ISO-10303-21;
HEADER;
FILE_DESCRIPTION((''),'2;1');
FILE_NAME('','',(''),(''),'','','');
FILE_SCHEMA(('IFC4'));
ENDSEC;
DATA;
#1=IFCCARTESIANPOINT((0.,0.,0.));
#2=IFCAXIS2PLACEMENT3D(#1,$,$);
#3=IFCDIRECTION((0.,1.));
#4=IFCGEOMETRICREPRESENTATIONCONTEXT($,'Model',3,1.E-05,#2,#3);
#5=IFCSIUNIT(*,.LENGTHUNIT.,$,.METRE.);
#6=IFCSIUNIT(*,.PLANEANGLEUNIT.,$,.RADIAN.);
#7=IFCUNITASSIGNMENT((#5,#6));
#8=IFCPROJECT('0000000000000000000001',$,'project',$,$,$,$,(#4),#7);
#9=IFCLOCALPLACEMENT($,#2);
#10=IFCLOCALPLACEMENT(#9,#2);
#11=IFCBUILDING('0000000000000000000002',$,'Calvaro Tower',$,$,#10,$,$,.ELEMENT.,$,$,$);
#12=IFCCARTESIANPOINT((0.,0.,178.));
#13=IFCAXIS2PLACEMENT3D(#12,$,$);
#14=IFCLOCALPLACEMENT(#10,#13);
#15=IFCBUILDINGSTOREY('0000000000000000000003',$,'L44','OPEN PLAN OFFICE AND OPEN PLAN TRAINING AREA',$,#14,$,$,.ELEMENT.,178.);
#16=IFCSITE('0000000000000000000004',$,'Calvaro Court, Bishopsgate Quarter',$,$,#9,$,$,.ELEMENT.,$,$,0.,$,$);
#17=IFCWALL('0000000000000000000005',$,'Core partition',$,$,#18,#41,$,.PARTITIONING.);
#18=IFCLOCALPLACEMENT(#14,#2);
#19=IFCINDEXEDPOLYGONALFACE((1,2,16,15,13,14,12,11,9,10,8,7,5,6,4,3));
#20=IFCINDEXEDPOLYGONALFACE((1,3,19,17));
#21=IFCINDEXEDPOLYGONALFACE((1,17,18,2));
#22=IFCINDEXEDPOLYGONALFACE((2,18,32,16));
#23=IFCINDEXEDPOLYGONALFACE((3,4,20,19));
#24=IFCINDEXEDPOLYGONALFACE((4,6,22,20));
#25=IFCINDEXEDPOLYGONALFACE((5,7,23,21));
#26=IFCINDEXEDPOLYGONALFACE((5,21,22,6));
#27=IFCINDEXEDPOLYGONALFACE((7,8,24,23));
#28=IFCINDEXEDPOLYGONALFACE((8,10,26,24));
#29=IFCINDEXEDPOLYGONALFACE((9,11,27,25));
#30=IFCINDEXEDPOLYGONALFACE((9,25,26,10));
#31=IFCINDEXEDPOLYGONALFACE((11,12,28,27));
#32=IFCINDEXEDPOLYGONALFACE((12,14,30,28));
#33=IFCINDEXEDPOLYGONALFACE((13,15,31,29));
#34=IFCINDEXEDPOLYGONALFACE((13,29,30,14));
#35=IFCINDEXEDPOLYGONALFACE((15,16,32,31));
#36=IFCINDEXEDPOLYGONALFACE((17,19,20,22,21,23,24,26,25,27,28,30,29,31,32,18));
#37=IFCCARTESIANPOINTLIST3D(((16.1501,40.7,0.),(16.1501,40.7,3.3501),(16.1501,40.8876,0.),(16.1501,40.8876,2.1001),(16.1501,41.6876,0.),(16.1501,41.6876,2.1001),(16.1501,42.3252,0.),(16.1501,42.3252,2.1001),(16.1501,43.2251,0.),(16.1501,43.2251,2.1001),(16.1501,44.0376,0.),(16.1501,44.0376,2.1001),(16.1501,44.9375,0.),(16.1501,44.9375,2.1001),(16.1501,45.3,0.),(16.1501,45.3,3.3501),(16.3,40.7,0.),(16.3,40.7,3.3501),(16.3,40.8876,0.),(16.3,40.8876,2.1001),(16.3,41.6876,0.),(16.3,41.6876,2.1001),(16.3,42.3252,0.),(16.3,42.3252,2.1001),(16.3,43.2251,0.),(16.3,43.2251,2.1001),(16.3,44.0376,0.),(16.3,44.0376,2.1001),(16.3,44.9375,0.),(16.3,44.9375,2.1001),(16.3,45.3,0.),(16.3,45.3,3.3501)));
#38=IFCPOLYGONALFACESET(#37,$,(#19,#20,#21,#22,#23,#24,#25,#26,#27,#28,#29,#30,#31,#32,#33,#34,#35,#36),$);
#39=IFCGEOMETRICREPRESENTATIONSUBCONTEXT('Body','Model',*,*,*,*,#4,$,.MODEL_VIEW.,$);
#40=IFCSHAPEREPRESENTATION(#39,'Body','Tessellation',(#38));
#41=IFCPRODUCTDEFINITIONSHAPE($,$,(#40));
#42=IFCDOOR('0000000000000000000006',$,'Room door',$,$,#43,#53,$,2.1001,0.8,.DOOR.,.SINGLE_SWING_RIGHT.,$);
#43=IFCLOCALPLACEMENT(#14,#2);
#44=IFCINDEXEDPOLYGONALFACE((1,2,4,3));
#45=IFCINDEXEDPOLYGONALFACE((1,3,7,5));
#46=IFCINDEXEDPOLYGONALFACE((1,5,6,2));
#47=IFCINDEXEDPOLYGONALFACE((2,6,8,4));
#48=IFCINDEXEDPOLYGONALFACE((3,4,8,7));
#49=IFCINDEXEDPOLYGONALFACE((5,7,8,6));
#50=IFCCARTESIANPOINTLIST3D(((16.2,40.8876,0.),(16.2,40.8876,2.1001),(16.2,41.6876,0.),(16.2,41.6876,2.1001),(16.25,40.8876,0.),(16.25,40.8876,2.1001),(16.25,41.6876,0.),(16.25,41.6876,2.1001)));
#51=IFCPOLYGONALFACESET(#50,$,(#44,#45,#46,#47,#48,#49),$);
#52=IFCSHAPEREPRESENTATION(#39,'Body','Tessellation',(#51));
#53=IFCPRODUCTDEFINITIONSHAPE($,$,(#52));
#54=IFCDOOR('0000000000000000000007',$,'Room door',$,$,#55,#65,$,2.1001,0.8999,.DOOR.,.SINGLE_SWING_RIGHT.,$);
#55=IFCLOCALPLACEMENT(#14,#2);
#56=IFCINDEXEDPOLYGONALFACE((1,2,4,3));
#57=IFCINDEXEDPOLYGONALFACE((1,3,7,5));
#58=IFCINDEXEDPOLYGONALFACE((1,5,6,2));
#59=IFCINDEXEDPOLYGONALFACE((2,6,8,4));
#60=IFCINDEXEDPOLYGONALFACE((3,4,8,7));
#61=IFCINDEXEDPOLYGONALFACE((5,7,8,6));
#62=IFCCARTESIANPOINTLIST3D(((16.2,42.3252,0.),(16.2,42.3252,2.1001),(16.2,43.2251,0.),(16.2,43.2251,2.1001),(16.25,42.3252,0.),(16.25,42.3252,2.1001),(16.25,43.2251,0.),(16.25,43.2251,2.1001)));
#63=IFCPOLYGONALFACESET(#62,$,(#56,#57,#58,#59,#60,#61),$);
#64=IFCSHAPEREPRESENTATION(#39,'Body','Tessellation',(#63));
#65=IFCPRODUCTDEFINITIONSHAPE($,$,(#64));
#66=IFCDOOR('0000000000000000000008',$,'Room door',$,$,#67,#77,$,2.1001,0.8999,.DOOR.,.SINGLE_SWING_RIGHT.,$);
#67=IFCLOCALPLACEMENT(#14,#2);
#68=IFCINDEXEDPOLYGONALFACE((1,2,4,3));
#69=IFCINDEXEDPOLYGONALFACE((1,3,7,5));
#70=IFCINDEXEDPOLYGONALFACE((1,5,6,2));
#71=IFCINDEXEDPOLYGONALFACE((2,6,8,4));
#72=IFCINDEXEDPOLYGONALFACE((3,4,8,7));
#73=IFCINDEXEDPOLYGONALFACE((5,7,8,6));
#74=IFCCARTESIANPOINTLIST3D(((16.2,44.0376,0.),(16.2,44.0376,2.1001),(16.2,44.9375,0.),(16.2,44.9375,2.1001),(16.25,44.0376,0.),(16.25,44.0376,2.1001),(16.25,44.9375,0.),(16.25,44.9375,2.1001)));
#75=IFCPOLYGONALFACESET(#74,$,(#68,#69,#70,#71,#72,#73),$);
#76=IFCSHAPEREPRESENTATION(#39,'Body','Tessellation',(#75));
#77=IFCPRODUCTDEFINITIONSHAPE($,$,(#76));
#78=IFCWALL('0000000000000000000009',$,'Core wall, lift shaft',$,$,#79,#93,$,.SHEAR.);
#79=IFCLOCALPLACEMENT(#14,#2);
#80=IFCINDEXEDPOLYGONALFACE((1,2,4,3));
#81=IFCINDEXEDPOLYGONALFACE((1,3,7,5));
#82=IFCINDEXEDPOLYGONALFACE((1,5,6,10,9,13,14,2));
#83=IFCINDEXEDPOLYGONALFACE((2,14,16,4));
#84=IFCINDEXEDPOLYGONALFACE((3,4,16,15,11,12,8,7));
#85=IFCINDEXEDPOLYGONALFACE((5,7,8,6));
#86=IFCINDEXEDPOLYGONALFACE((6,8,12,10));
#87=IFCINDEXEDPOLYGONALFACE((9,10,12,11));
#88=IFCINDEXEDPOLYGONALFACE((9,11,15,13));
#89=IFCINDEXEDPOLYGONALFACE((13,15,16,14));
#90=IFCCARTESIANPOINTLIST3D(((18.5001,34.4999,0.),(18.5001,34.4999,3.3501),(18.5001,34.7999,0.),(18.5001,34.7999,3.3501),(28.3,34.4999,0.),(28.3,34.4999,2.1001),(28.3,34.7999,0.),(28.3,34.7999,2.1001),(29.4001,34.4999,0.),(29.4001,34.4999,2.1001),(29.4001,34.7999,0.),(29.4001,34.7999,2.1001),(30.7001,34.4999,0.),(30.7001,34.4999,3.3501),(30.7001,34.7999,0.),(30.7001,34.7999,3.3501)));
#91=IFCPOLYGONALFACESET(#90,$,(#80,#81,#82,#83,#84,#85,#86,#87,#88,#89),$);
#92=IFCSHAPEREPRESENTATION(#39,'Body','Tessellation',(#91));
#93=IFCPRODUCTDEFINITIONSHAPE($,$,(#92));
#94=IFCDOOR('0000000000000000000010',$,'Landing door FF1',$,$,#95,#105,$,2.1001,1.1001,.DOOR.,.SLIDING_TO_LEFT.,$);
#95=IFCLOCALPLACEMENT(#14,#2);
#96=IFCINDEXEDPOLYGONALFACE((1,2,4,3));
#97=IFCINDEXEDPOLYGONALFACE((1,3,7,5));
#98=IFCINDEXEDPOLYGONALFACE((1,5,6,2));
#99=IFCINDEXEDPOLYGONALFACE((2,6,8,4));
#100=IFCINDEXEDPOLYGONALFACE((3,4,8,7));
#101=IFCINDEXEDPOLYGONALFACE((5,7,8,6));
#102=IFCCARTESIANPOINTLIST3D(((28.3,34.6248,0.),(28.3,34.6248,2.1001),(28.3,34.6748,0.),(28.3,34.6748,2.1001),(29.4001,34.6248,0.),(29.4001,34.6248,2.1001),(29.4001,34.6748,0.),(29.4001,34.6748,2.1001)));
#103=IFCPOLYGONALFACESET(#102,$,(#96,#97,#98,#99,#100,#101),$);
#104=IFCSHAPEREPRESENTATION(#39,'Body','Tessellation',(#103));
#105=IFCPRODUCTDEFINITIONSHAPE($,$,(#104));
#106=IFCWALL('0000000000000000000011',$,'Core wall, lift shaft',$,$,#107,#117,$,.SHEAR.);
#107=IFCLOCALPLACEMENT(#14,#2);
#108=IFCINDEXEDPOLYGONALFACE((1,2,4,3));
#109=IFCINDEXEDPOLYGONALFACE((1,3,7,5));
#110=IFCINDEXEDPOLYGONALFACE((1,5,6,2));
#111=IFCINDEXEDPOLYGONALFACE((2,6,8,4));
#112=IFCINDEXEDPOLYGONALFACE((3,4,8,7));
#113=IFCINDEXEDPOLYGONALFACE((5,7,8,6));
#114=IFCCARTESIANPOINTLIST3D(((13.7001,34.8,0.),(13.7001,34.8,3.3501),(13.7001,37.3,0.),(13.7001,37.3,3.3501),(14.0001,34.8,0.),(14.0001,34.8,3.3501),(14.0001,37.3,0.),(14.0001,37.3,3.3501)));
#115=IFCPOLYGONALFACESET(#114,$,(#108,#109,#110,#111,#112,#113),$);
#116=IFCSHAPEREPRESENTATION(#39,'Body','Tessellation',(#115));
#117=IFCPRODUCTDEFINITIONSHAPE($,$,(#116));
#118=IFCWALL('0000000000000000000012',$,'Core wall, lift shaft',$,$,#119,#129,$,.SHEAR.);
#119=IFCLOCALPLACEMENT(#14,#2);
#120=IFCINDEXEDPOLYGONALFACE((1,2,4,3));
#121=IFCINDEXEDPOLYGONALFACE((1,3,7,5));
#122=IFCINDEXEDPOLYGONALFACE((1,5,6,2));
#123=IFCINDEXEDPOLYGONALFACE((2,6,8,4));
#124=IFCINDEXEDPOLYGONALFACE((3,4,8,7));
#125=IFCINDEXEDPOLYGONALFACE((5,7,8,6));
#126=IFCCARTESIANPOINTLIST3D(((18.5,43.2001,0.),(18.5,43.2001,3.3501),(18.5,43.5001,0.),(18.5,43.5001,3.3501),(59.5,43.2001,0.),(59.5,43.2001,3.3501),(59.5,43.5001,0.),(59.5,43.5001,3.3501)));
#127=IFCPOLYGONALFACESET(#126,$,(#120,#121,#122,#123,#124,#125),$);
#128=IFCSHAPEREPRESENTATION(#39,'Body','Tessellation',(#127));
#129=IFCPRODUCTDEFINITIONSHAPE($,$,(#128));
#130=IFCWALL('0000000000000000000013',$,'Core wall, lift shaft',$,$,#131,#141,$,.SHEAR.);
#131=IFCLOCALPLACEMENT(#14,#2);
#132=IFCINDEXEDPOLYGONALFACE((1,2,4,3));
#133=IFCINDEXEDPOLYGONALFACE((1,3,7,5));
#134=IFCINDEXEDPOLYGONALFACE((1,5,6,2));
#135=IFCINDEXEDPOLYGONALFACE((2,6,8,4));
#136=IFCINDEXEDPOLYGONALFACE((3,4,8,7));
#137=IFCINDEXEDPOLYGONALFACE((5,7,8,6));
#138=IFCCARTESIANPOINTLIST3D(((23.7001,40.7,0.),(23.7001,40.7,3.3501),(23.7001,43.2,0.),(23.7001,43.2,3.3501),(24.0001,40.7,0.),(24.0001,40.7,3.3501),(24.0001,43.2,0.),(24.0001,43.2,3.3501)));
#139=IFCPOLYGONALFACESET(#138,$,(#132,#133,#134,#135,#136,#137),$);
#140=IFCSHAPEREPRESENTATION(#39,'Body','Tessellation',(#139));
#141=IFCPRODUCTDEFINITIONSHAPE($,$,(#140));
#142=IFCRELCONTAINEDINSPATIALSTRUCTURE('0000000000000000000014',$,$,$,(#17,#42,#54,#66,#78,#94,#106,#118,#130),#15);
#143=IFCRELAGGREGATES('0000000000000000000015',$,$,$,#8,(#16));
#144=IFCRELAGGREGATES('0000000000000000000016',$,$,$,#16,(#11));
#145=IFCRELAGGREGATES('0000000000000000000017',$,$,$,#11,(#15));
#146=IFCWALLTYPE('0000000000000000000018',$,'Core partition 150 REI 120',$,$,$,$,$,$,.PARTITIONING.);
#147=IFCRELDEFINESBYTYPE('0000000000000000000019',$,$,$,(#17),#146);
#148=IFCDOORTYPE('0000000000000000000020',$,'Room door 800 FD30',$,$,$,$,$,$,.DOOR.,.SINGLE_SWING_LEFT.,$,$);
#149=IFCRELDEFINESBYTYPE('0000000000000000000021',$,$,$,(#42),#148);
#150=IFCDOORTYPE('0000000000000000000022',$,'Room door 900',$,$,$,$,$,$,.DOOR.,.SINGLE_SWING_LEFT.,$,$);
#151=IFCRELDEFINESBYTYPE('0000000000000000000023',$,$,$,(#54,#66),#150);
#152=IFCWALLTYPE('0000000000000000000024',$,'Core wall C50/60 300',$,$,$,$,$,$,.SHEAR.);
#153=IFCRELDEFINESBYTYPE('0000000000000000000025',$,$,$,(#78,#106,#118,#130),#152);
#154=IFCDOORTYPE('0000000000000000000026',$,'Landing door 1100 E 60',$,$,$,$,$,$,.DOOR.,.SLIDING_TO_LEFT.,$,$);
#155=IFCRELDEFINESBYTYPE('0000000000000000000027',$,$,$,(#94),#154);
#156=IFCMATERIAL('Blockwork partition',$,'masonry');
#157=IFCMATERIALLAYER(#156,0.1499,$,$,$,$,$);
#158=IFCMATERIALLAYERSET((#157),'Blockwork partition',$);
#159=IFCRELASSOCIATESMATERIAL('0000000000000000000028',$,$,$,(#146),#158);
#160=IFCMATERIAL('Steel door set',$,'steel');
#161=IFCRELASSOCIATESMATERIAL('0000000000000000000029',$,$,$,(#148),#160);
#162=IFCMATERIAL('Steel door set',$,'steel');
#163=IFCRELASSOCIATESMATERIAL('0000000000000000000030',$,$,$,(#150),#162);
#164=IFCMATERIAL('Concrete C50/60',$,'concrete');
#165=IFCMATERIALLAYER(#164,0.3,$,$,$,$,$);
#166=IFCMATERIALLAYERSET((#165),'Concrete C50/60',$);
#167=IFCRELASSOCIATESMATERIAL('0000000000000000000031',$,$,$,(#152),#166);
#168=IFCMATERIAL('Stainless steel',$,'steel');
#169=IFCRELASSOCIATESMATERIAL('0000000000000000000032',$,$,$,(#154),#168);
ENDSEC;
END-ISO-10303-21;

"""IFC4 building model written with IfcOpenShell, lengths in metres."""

from ifc_helpers import new_model, si_unit, direction, frame, frame_2d, origin, place, context, subcontext, project, spatial, rectangle, extrude, material, layer, layer_set, type_object, element, fill, save


model = new_model("IFC4")

# Units and contexts
model_context = context("Model", 3, precision=1e-05, world=origin(), true_north=direction((0.0, 1.0)))
body_context = subcontext(model_context, "Body", "Model", "MODEL_VIEW")
ifc_project = project(units=[si_unit("LENGTHUNIT", "METRE"), si_unit("PLANEANGLEUNIT", "RADIAN")], contexts=[model_context])

# Site, building, storey
site_placement = place(None, origin())
site = spatial("IfcSite", under=ifc_project, at=site_placement, Name="Calvaro Court, Bishopsgate Quarter", CompositionType="ELEMENT", RefElevation=0.0)
building_placement = place(site_placement, origin())
building = spatial("IfcBuilding", under=site, at=building_placement, Name="Calvaro Tower", CompositionType="ELEMENT")
storey_placement = place(building_placement, frame((0.0, 0.0, 178.0)))
storey = spatial("IfcBuildingStorey", under=building, at=storey_placement, Name="L44", Description="OPEN PLAN OFFICE AND OPEN PLAN TRAINING AREA", CompositionType="ELEMENT", Elevation=178.0)

# Wall, openings, doors
ifc_material_1 = material(Name="Blockwork partition", Category="masonry")
ifc_layer_1 = layer(ifc_material_1, 0.1499)
ifc_layer_set_1 = layer_set([ifc_layer_1], Name="Blockwork partition")
wall_type_1 = type_object("IfcWallType", Name="Core partition 150 REI 120", PredefinedType="PARTITIONING", material=ifc_layer_set_1)
wall_1_placement = place(storey_placement, frame((16.2251, 45.3, 0.0), z_axis=(0.0, 0.0, 1.0), x_axis=(0.0, -1.0, 0.0)))
wall_1 = element("IfcWall", 1, at=wall_1_placement, inside=storey, type_object=wall_type_1, Name="Core partition", PredefinedType="PARTITIONING", context=body_context, shape_type="SweptSolid", body=[
    extrude(rectangle(XDim=4.6001, YDim=0.1499, at=frame_2d((2.3, 0.0))), origin(), (0.0, 0.0, 1.0), 3.3501),
])
opening_1_placement = place(wall_1_placement, frame((3.6125, 0.0, 0.0)))
opening_1 = element("IfcOpeningElement", 2, at=opening_1_placement, cuts=wall_1, PredefinedType="OPENING", context=body_context, shape_type="SweptSolid", body=[
    extrude(rectangle(XDim=0.8, YDim=2.1001, at=frame_2d((0.3999, 1.05))), frame((0.0, 0.085, 0.0), z_axis=(0.0, -1.0, 0.0), x_axis=(1.0, 0.0, 0.0)), (0.0, 0.0, 1.0), 0.1699),
])
opening_2_placement = place(wall_1_placement, frame((2.075, 0.0, 0.0)))
opening_2 = element("IfcOpeningElement", 3, at=opening_2_placement, cuts=wall_1, PredefinedType="OPENING", context=body_context, shape_type="SweptSolid", body=[
    extrude(rectangle(XDim=0.8999, YDim=2.1001, at=frame_2d((0.45, 1.05))), frame((0.0, 0.085, 0.0), z_axis=(0.0, -1.0, 0.0), x_axis=(1.0, 0.0, 0.0)), (0.0, 0.0, 1.0), 0.1699),
])
opening_3_placement = place(wall_1_placement, frame((0.3625, 0.0, 0.0)))
opening_3 = element("IfcOpeningElement", 4, at=opening_3_placement, cuts=wall_1, PredefinedType="OPENING", context=body_context, shape_type="SweptSolid", body=[
    extrude(rectangle(XDim=0.8999, YDim=2.1001, at=frame_2d((0.45, 1.05))), frame((0.0, 0.085, 0.0), z_axis=(0.0, -1.0, 0.0), x_axis=(1.0, 0.0, 0.0)), (0.0, 0.0, 1.0), 0.1699),
])
ifc_material_2 = material(Name="Steel door set", Category="steel")
door_type_1 = type_object("IfcDoorType", Name="Room door 800 FD30", OperationType="SINGLE_SWING_LEFT", PredefinedType="DOOR", material=ifc_material_2)
door_1_placement = place(opening_1_placement, origin())
door_1 = element("IfcDoor", 5, at=door_1_placement, inside=storey, type_object=door_type_1, Name="Room door", OperationType="SINGLE_SWING_RIGHT", OverallHeight=2.1001, OverallWidth=0.8, PredefinedType="DOOR", context=body_context, shape_type="SweptSolid", body=[
    extrude(rectangle(XDim=0.8, YDim=2.1001, at=frame_2d((0.3999, 1.05))), frame((0.0, 0.0249, 0.0), z_axis=(0.0, -1.0, 0.0), x_axis=(1.0, 0.0, 0.0)), (0.0, 0.0, 1.0), 0.05),
])
fill(opening_1, door_1)
ifc_material_3 = material(Name="Steel door set", Category="steel")
door_type_2 = type_object("IfcDoorType", Name="Room door 900", OperationType="SINGLE_SWING_LEFT", PredefinedType="DOOR", material=ifc_material_3)
door_2_placement = place(opening_2_placement, origin())
door_2 = element("IfcDoor", 6, at=door_2_placement, inside=storey, type_object=door_type_2, Name="Room door", OperationType="SINGLE_SWING_RIGHT", OverallHeight=2.1001, OverallWidth=0.8999, PredefinedType="DOOR", context=body_context, shape_type="SweptSolid", body=[
    extrude(rectangle(XDim=0.8999, YDim=2.1001, at=frame_2d((0.45, 1.05))), frame((0.0, 0.0249, 0.0), z_axis=(0.0, -1.0, 0.0), x_axis=(1.0, 0.0, 0.0)), (0.0, 0.0, 1.0), 0.05),
])
fill(opening_2, door_2)
door_3_placement = place(opening_3_placement, origin())
door_3 = element("IfcDoor", 7, at=door_3_placement, inside=storey, type_object=door_type_2, Name="Room door", OperationType="SINGLE_SWING_RIGHT", OverallHeight=2.1001, OverallWidth=0.8999, PredefinedType="DOOR", context=body_context, shape_type="SweptSolid", body=[
    extrude(rectangle(XDim=0.8999, YDim=2.1001, at=frame_2d((0.45, 1.05))), frame((0.0, 0.0249, 0.0), z_axis=(0.0, -1.0, 0.0), x_axis=(1.0, 0.0, 0.0)), (0.0, 0.0, 1.0), 0.05),
])
fill(opening_3, door_3)

# Wall, opening, door
ifc_material_4 = material(Name="Concrete C50/60", Category="concrete")
ifc_layer_2 = layer(ifc_material_4, 0.3)
ifc_layer_set_2 = layer_set([ifc_layer_2], Name="Concrete C50/60")
wall_type_2 = type_object("IfcWallType", Name="Core wall C50/60 300", PredefinedType="SHEAR", material=ifc_layer_set_2)
wall_2_placement = place(storey_placement, frame((18.5, 34.6499, 0.0), z_axis=(0.0, 0.0, 1.0), x_axis=(1.0, 0.0, 0.0)))
wall_2 = element("IfcWall", 8, at=wall_2_placement, inside=storey, type_object=wall_type_2, Name="Core wall, lift shaft", PredefinedType="SHEAR", context=body_context, shape_type="SweptSolid", body=[
    extrude(rectangle(XDim=12.2, YDim=0.3, at=frame_2d((6.1001, 0.0))), origin(), (0.0, 0.0, 1.0), 3.3501),
])
opening_4_placement = place(wall_2_placement, frame((9.8, 0.0, 0.0)))
opening_4 = element("IfcOpeningElement", 9, at=opening_4_placement, cuts=wall_2, PredefinedType="OPENING", context=body_context, shape_type="SweptSolid", body=[
    extrude(rectangle(XDim=1.1001, YDim=2.1001, at=frame_2d((0.55, 1.05))), frame((0.0, 0.1599, 0.0), z_axis=(0.0, -1.0, 0.0), x_axis=(1.0, 0.0, 0.0)), (0.0, 0.0, 1.0), 0.3201),
])
ifc_material_5 = material(Name="Stainless steel", Category="steel")
door_type_3 = type_object("IfcDoorType", Name="Landing door 1100 E 60", OperationType="SLIDING_TO_LEFT", PredefinedType="DOOR", material=ifc_material_5)
door_4_placement = place(opening_4_placement, origin())
door_4 = element("IfcDoor", 10, at=door_4_placement, inside=storey, type_object=door_type_3, Name="Landing door FF1", OperationType="SLIDING_TO_LEFT", OverallHeight=2.1001, OverallWidth=1.1001, PredefinedType="DOOR", context=body_context, shape_type="SweptSolid", body=[
    extrude(rectangle(XDim=1.1001, YDim=2.1001, at=frame_2d((0.55, 1.05))), frame((0.0, 0.0249, 0.0), z_axis=(0.0, -1.0, 0.0), x_axis=(1.0, 0.0, 0.0)), (0.0, 0.0, 1.0), 0.05),
])
fill(opening_4, door_4)

# Wall
wall_3_placement = place(storey_placement, frame((13.8501, 34.8, 0.0), z_axis=(0.0, 0.0, 1.0), x_axis=(0.0, 1.0, 0.0)))
element("IfcWall", 11, at=wall_3_placement, inside=storey, type_object=wall_type_2, Name="Core wall, lift shaft", PredefinedType="SHEAR", context=body_context, shape_type="SweptSolid", body=[
    extrude(rectangle(XDim=2.5, YDim=0.3, at=frame_2d((1.25, 0.0))), origin(), (0.0, 0.0, 1.0), 3.3501),
])

# Walls
wall_4_placement = place(storey_placement, frame((18.5, 43.3501, 0.0), z_axis=(0.0, 0.0, 1.0), x_axis=(1.0, 0.0, 0.0)))
element("IfcWall", 12, at=wall_4_placement, inside=storey, type_object=wall_type_2, Name="Core wall, lift shaft", PredefinedType="SHEAR", context=body_context, shape_type="SweptSolid", body=[
    extrude(rectangle(XDim=41.0, YDim=0.3, at=frame_2d((20.5, 0.0))), origin(), (0.0, 0.0, 1.0), 3.3501),
])
wall_5_placement = place(storey_placement, frame((23.8501, 40.7, 0.0), z_axis=(0.0, 0.0, 1.0), x_axis=(0.0, 1.0, 0.0)))
element("IfcWall", 13, at=wall_5_placement, inside=storey, type_object=wall_type_2, Name="Core wall, lift shaft", PredefinedType="SHEAR", context=body_context, shape_type="SweptSolid", body=[
    extrude(rectangle(XDim=2.5, YDim=0.3, at=frame_2d((1.25, 0.0))), origin(), (0.0, 0.0, 1.0), 3.3501),
])

save(model, "model.ifc")
